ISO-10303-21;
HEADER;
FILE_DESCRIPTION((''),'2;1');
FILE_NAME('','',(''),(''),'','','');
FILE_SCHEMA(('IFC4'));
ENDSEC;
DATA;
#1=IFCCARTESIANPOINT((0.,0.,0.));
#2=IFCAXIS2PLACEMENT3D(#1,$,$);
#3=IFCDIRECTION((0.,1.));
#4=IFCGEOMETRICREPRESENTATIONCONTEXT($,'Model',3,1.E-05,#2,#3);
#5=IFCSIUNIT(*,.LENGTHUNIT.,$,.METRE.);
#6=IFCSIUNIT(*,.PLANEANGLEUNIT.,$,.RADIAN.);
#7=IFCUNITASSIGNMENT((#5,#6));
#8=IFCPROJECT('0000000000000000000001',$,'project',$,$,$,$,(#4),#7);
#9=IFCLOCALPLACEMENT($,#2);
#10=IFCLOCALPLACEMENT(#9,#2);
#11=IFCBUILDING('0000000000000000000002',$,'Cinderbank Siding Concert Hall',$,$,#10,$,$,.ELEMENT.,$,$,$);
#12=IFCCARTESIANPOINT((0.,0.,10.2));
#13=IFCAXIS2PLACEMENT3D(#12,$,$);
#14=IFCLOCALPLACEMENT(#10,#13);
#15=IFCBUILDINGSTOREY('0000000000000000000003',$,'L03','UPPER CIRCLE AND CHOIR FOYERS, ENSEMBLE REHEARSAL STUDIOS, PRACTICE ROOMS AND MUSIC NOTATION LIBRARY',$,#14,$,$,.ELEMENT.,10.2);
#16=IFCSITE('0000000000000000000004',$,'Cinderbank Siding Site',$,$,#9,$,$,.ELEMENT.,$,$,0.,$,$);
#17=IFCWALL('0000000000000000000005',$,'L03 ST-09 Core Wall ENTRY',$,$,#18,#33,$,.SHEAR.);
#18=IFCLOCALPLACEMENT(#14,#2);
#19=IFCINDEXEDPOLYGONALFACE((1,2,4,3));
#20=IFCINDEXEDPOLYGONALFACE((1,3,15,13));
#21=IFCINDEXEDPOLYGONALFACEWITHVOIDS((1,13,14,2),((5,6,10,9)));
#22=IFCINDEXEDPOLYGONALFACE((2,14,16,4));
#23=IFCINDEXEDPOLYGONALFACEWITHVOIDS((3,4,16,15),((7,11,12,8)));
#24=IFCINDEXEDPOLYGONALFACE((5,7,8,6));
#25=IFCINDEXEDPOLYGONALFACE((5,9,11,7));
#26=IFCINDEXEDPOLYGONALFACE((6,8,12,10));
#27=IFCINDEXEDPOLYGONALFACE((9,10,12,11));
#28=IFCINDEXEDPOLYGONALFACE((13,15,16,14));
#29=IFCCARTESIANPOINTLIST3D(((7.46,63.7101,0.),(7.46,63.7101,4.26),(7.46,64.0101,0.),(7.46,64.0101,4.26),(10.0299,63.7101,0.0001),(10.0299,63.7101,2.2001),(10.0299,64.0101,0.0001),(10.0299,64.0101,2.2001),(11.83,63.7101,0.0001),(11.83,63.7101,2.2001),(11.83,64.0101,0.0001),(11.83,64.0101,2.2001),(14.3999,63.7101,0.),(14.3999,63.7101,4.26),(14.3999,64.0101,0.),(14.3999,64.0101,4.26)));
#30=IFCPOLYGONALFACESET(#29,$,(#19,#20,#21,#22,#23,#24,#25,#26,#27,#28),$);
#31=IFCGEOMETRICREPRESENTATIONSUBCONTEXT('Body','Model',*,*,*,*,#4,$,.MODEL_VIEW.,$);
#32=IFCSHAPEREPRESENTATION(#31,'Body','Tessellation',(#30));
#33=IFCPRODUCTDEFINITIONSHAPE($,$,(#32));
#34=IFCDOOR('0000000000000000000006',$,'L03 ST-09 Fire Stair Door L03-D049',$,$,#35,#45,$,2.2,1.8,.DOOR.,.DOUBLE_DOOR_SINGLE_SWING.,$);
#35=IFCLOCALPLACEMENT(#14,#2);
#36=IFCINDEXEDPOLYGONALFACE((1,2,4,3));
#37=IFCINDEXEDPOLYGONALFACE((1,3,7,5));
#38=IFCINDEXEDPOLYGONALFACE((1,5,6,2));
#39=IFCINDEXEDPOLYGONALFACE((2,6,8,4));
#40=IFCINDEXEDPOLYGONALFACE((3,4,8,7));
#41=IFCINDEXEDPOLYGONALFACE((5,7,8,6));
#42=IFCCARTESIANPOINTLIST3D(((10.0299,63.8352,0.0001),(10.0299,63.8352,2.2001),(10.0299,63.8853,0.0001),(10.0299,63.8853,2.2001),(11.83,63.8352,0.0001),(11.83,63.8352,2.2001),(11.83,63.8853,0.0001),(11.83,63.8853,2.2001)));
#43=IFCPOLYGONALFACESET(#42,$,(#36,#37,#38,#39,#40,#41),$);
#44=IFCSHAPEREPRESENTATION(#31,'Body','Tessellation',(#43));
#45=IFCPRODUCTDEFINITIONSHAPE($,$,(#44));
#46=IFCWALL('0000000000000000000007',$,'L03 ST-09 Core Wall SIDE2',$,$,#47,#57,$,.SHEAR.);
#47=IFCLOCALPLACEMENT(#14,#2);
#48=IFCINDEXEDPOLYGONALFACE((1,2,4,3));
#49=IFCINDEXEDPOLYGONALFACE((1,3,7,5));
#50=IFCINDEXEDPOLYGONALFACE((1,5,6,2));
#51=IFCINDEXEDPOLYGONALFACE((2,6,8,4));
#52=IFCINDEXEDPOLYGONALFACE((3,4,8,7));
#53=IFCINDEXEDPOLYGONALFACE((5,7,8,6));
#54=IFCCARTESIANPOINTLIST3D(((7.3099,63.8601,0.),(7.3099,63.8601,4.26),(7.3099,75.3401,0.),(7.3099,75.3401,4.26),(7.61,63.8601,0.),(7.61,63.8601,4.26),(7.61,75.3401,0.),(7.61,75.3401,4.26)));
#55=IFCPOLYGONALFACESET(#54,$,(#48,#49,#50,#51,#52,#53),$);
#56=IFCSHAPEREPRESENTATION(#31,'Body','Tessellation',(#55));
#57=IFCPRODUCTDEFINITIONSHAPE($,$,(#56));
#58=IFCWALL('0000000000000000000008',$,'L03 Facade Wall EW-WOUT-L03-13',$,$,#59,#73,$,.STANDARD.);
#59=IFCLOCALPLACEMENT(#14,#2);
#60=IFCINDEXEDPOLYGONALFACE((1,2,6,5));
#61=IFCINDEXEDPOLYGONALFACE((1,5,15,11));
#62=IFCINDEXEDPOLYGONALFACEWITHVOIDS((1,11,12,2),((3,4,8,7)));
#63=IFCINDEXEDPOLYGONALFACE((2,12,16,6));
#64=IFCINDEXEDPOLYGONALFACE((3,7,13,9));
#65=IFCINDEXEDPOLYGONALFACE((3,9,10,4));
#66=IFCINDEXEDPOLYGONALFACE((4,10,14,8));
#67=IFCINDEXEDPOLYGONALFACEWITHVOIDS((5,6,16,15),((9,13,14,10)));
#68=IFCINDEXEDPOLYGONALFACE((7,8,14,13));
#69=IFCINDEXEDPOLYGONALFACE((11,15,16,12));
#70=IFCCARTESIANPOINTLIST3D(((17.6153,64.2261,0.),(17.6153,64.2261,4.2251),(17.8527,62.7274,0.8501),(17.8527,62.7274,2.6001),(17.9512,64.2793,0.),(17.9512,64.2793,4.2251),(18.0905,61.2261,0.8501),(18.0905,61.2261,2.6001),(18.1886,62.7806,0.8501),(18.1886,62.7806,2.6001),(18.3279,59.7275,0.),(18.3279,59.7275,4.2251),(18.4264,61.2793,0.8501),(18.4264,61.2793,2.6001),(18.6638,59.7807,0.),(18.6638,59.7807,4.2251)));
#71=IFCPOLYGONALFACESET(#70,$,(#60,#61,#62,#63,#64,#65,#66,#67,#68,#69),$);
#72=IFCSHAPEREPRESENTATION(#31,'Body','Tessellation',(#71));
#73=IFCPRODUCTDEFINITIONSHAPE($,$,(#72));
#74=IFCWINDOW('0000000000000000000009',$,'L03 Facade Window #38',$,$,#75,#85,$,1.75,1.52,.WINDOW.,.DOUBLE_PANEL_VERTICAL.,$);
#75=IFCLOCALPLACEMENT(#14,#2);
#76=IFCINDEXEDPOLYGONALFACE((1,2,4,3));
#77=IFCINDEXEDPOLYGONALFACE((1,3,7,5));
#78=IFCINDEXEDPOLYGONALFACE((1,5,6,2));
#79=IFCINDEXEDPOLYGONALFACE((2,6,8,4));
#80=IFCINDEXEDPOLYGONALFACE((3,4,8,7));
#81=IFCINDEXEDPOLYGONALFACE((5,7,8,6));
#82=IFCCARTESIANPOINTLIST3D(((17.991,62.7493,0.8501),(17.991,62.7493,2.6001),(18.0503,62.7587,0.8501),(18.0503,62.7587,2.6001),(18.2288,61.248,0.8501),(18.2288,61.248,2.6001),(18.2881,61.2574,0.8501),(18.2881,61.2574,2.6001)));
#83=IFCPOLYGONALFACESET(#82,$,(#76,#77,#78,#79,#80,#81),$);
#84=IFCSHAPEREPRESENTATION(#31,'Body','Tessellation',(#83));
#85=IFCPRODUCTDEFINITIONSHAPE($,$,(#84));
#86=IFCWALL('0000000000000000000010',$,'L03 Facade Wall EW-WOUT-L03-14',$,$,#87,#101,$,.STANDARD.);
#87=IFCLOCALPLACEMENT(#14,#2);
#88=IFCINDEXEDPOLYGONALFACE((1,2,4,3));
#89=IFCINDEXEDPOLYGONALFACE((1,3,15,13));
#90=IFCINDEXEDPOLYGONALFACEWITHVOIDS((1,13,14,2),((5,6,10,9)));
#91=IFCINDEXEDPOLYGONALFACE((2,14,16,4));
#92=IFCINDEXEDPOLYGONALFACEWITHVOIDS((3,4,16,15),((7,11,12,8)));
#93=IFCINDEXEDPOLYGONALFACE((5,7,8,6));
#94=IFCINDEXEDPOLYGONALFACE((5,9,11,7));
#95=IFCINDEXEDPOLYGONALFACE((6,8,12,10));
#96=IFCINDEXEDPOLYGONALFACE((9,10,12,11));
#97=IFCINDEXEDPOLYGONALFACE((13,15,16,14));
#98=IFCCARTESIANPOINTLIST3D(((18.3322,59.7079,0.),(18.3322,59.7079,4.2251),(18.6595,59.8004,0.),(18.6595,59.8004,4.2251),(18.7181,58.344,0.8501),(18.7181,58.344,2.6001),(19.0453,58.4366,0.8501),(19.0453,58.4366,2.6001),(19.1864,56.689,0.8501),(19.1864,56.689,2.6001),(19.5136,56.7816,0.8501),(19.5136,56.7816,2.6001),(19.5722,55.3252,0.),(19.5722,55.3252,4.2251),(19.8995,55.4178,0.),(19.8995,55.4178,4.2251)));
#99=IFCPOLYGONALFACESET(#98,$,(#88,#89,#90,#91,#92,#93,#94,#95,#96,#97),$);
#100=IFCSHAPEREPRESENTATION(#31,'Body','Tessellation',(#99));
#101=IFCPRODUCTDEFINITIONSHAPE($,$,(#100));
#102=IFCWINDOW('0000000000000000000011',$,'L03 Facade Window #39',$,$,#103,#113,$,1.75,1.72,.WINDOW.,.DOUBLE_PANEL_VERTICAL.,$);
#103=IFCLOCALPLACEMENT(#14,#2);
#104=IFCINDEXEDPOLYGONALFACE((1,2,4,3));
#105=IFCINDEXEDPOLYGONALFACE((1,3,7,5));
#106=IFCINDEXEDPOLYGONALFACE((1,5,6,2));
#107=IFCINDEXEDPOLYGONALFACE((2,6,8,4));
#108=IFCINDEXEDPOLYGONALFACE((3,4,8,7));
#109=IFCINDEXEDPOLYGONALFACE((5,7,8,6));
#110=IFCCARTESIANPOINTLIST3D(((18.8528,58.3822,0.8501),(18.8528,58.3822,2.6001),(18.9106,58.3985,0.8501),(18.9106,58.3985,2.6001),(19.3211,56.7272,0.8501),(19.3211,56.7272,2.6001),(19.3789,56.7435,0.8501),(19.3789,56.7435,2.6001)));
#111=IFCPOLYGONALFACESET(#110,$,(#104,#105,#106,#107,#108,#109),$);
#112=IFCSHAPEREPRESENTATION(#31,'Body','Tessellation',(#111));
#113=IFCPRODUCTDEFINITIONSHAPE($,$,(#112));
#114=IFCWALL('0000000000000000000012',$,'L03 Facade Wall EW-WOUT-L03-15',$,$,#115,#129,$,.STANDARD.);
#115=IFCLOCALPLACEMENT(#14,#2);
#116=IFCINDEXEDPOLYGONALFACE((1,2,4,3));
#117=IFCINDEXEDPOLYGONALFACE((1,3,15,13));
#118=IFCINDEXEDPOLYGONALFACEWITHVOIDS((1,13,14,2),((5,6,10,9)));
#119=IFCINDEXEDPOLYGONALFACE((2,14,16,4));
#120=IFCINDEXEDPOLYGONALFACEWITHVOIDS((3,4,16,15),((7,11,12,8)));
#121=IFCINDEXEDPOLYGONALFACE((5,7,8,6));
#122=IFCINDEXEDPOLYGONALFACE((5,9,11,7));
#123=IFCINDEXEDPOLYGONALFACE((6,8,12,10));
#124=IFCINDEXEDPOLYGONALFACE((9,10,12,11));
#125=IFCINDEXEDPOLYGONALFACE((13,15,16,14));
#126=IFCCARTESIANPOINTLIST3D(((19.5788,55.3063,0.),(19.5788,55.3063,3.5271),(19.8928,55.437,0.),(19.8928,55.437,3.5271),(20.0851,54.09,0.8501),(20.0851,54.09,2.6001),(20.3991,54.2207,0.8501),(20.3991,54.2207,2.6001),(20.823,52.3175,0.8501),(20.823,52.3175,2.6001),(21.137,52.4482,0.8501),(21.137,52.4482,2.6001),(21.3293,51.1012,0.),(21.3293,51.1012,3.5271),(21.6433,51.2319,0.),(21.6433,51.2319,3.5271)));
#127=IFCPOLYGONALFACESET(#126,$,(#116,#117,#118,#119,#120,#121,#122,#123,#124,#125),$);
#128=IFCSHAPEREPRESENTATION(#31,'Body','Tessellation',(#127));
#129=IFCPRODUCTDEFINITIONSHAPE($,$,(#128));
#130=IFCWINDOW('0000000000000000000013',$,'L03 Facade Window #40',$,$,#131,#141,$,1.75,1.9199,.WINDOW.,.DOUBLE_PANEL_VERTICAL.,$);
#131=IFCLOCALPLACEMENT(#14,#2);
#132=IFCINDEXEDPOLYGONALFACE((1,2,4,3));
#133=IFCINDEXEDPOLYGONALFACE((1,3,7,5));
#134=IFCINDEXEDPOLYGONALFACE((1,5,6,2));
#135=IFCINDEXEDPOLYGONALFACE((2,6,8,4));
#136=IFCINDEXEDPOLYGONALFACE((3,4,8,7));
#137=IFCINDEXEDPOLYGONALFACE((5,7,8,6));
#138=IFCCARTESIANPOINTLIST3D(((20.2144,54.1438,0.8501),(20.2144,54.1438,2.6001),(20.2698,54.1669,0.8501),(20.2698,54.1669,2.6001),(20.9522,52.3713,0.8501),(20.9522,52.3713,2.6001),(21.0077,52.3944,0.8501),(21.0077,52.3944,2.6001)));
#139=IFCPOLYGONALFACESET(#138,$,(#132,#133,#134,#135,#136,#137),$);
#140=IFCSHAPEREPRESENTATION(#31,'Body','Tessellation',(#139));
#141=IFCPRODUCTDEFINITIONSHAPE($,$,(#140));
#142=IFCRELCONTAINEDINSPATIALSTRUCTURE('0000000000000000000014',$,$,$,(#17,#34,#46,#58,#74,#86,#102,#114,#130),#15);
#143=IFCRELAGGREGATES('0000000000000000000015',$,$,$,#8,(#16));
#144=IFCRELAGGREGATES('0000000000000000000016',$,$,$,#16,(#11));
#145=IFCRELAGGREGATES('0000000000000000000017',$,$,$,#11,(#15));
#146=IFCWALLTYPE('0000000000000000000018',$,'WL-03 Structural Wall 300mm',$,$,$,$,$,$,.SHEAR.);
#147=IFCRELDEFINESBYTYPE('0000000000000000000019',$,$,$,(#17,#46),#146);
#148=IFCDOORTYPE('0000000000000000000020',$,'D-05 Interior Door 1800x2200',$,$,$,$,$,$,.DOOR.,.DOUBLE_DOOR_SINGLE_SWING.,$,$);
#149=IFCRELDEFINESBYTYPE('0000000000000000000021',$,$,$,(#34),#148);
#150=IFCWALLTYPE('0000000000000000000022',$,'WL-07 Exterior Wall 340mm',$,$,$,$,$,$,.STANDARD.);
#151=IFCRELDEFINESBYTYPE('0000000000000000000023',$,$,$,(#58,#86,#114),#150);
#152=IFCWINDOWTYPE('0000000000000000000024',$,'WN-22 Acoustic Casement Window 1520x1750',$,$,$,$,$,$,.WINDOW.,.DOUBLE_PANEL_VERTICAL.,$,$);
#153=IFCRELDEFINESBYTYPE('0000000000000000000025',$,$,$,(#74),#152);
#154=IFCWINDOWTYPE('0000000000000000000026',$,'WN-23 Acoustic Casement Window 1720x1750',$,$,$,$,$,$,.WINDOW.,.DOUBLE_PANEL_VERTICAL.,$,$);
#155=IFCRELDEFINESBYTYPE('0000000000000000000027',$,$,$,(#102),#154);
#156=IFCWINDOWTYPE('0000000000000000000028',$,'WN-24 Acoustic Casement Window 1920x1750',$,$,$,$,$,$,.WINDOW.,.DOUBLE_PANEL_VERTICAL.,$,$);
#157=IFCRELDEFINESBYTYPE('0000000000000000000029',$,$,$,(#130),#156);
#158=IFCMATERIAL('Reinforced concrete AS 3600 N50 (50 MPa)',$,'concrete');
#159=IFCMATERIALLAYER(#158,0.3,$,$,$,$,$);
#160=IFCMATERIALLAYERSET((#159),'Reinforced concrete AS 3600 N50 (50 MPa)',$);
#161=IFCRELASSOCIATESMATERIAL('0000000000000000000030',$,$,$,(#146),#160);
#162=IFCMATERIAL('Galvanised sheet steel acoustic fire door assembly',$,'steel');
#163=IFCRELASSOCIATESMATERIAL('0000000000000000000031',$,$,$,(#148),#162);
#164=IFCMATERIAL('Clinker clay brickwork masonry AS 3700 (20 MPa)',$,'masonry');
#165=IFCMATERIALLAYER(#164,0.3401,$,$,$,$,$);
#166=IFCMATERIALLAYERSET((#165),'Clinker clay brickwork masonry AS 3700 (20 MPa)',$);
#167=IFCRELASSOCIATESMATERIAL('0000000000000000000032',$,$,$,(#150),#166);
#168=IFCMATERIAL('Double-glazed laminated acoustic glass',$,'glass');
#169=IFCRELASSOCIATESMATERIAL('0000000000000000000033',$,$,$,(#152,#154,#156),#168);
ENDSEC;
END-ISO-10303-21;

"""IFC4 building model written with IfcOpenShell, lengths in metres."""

from ifc_helpers import new_model, si_unit, direction, frame, frame_2d, origin, place, context, subcontext, project, spatial, rectangle, extrude, material, layer, layer_set, type_object, element, fill, save


model = new_model("IFC4")

# Units and contexts
model_context = context("Model", 3, precision=1e-05, world=origin(), true_north=direction((0.0, 1.0)))
body_context = subcontext(model_context, "Body", "Model", "MODEL_VIEW")
ifc_project = project(units=[si_unit("LENGTHUNIT", "METRE"), si_unit("PLANEANGLEUNIT", "RADIAN")], contexts=[model_context])

# Site, building, storey
site_placement = place(None, origin())
site = spatial("IfcSite", under=ifc_project, at=site_placement, Name="Cinderbank Siding Site", CompositionType="ELEMENT", RefElevation=0.0)
building_placement = place(site_placement, origin())
building = spatial("IfcBuilding", under=site, at=building_placement, Name="Cinderbank Siding Concert Hall", CompositionType="ELEMENT")
storey_placement = place(building_placement, frame((0.0, 0.0, 10.2)))
storey = spatial("IfcBuildingStorey", under=building, at=storey_placement, Name="L03", Description="UPPER CIRCLE AND CHOIR FOYERS, ENSEMBLE REHEARSAL STUDIOS, PRACTICE ROOMS AND MUSIC NOTATION LIBRARY", CompositionType="ELEMENT", Elevation=10.2)

# Shared definitions
ifc_material_1 = material(Name="Reinforced concrete AS 3600 N50 (50 MPa)", Category="concrete")

# Wall, opening, door
ifc_layer_1 = layer(ifc_material_1, 0.3)
ifc_layer_set_1 = layer_set([ifc_layer_1], Name="Reinforced concrete AS 3600 N50 (50 MPa)")
wall_type_1 = type_object("IfcWallType", Name="WL-03 Structural Wall 300mm", PredefinedType="SHEAR", material=ifc_layer_set_1)
wall_1_placement = place(storey_placement, frame((14.3999, 63.8601, 0.0), z_axis=(0.0, 0.0, 1.0), x_axis=(-1.0, 0.0, 0.0)))
wall_1 = element("IfcWall", 1, at=wall_1_placement, inside=storey, type_object=wall_type_1, Name="L03 ST-09 Core Wall ENTRY", PredefinedType="SHEAR", context=body_context, shape_type="SweptSolid", body=[
    extrude(rectangle(XDim=6.9399, YDim=0.3, at=frame_2d((3.47, 0.0))), origin(), (0.0, 0.0, 1.0), 4.26),
])
opening_1_placement = place(wall_1_placement, frame((2.5701, 0.0, 0.0)))
opening_1 = element("IfcOpeningElement", 2, at=opening_1_placement, cuts=wall_1, PredefinedType="OPENING", context=body_context, shape_type="SweptSolid", body=[
    extrude(rectangle(XDim=1.8, YDim=2.2, at=frame_2d((0.8999, 1.1001))), frame((0.0, 0.1621, 0.0), z_axis=(0.0, -1.0, 0.0), x_axis=(1.0, 0.0, 0.0)), (0.0, 0.0, 1.0), 0.324),
])
ifc_material_2 = material(Name="Galvanised sheet steel acoustic fire door assembly", Category="steel")
door_type_1 = type_object("IfcDoorType", Name="D-05 Interior Door 1800x2200", OperationType="DOUBLE_DOOR_SINGLE_SWING", PredefinedType="DOOR", material=ifc_material_2)
door_1_placement = place(opening_1_placement, origin())
door_1 = element("IfcDoor", 3, at=door_1_placement, inside=storey, type_object=door_type_1, Name="L03 ST-09 Fire Stair Door L03-D049", OperationType="DOUBLE_DOOR_SINGLE_SWING", OverallHeight=2.2, OverallWidth=1.8, PredefinedType="DOOR", context=body_context, shape_type="SweptSolid", body=[
    extrude(rectangle(XDim=1.8, YDim=2.2, at=frame_2d((0.8999, 1.1001))), frame((0.0, 0.0249, 0.0), z_axis=(0.0, -1.0, 0.0), x_axis=(1.0, 0.0, 0.0)), (0.0, 0.0, 1.0), 0.05),
])
fill(opening_1, door_1)

# Wall
wall_2_placement = place(storey_placement, frame((7.46, 63.8601, 0.0), z_axis=(0.0, 0.0, 1.0), x_axis=(0.0, 1.0, 0.0)))
element("IfcWall", 4, at=wall_2_placement, inside=storey, type_object=wall_type_1, Name="L03 ST-09 Core Wall SIDE2", PredefinedType="SHEAR", context=body_context, shape_type="SweptSolid", body=[
    extrude(rectangle(XDim=11.48, YDim=0.3, at=frame_2d((5.74, 0.0))), origin(), (0.0, 0.0, 1.0), 4.26),
])

# Walls, openings, windows
ifc_material_3 = material(Name="Clinker clay brickwork masonry AS 3700 (20 MPa)", Category="masonry")
ifc_layer_2 = layer(ifc_material_3, 0.3401)
ifc_layer_set_2 = layer_set([ifc_layer_2], Name="Clinker clay brickwork masonry AS 3700 (20 MPa)")
wall_type_2 = type_object("IfcWallType", Name="WL-07 Exterior Wall 340mm", PredefinedType="STANDARD", material=ifc_layer_set_2)
wall_3_placement = place(storey_placement, frame((17.7832, 64.2527, 0.0), z_axis=(0.0, 0.0, 1.0), x_axis=(0.156466, -0.987683, 0.0)))
wall_3 = element("IfcWall", 5, at=wall_3_placement, inside=storey, type_object=wall_type_2, Name="L03 Facade Wall EW-WOUT-L03-13", PredefinedType="STANDARD", context=body_context, shape_type="SweptSolid", body=[
    extrude(rectangle(XDim=4.5547, YDim=0.3401, at=frame_2d((2.2773, 0.0))), origin(), (0.0, 0.0, 1.0), 4.2251),
])
opening_2_placement = place(wall_3_placement, frame((1.5173, 0.0, 0.8501)))
opening_2 = element("IfcOpeningElement", 6, at=opening_2_placement, cuts=wall_3, PredefinedType="OPENING", context=body_context, shape_type="SweptSolid", body=[
    extrude(rectangle(XDim=1.52, YDim=1.75, at=frame_2d((0.76, 0.875))), frame((0.0, 0.1821, 0.0), z_axis=(0.0, -1.0, 0.0), x_axis=(1.0, 0.0, 0.0)), (0.0, 0.0, 1.0), 0.364),
])
ifc_material_4 = material(Name="Double-glazed laminated acoustic glass", Category="glass")
window_type_1 = type_object("IfcWindowType", Name="WN-22 Acoustic Casement Window 1520x1750", PartitioningType="DOUBLE_PANEL_VERTICAL", PredefinedType="WINDOW", material=ifc_material_4)
window_1_placement = place(opening_2_placement, origin())
window_1 = element("IfcWindow", 7, at=window_1_placement, inside=storey, type_object=window_type_1, Name="L03 Facade Window #38", OverallHeight=1.75, OverallWidth=1.52, PartitioningType="DOUBLE_PANEL_VERTICAL", PredefinedType="WINDOW", context=body_context, shape_type="SweptSolid", body=[
    extrude(rectangle(XDim=1.52, YDim=1.75, at=frame_2d((0.76, 0.875))), frame((0.0, 0.03, 0.0), z_axis=(0.0, -1.0, 0.0), x_axis=(1.0, 0.0, 0.0)), (0.0, 0.0, 1.0), 0.0601),
])
fill(opening_2, window_1)
wall_4_placement = place(storey_placement, frame((18.4958, 59.7542, 0.0), z_axis=(0.0, 0.0, 1.0), x_axis=(0.272249, -0.962227, 0.0)))
wall_4 = element("IfcWall", 8, at=wall_4_placement, inside=storey, type_object=wall_type_2, Name="L03 Facade Wall EW-WOUT-L03-14", PredefinedType="STANDARD", context=body_context, shape_type="SweptSolid", body=[
    extrude(rectangle(XDim=4.5547, YDim=0.3401, at=frame_2d((2.2773, 0.0))), origin(), (0.0, 0.0, 1.0), 4.2251),
])
opening_3_placement = place(wall_4_placement, frame((1.4175, 0.0, 0.8501)))
opening_3 = element("IfcOpeningElement", 9, at=opening_3_placement, cuts=wall_4, PredefinedType="OPENING", context=body_context, shape_type="SweptSolid", body=[
    extrude(rectangle(XDim=1.72, YDim=1.75, at=frame_2d((0.8599, 0.875))), frame((0.0, 0.1821, 0.0), z_axis=(0.0, -1.0, 0.0), x_axis=(1.0, 0.0, 0.0)), (0.0, 0.0, 1.0), 0.364),
])
window_type_2 = type_object("IfcWindowType", Name="WN-23 Acoustic Casement Window 1720x1750", PartitioningType="DOUBLE_PANEL_VERTICAL", PredefinedType="WINDOW", material=ifc_material_4)
window_2_placement = place(opening_3_placement, origin())
window_2 = element("IfcWindow", 10, at=window_2_placement, inside=storey, type_object=window_type_2, Name="L03 Facade Window #39", OverallHeight=1.75, OverallWidth=1.72, PartitioningType="DOUBLE_PANEL_VERTICAL", PredefinedType="WINDOW", context=body_context, shape_type="SweptSolid", body=[
    extrude(rectangle(XDim=1.72, YDim=1.75, at=frame_2d((0.8599, 0.875))), frame((0.0, 0.03, 0.0), z_axis=(0.0, -1.0, 0.0), x_axis=(1.0, 0.0, 0.0)), (0.0, 0.0, 1.0), 0.0601),
])
fill(opening_3, window_2)
wall_5_placement = place(storey_placement, frame((19.7358, 55.3716, 0.0), z_axis=(0.0, 0.0, 1.0), x_axis=(0.384311, -0.923204, 0.0)))
wall_5 = element("IfcWall", 11, at=wall_5_placement, inside=storey, type_object=wall_type_2, Name="L03 Facade Wall EW-WOUT-L03-15", PredefinedType="STANDARD", context=body_context, shape_type="SweptSolid", body=[
    extrude(rectangle(XDim=4.5549, YDim=0.3401, at=frame_2d((2.2773, 0.0))), origin(), (0.0, 0.0, 1.0), 3.5271),
])
opening_4_placement = place(wall_5_placement, frame((1.3174, 0.0, 0.8501)))
opening_4 = element("IfcOpeningElement", 12, at=opening_4_placement, cuts=wall_5, PredefinedType="OPENING", context=body_context, shape_type="SweptSolid", body=[
    extrude(rectangle(XDim=1.9199, YDim=1.75, at=frame_2d((0.96, 0.875))), frame((0.0, 0.1821, 0.0), z_axis=(0.0, -1.0, 0.0), x_axis=(1.0, 0.0, 0.0)), (0.0, 0.0, 1.0), 0.364),
])
window_type_3 = type_object("IfcWindowType", Name="WN-24 Acoustic Casement Window 1920x1750", PartitioningType="DOUBLE_PANEL_VERTICAL", PredefinedType="WINDOW", material=ifc_material_4)
window_3_placement = place(opening_4_placement, origin())
window_3 = element("IfcWindow", 13, at=window_3_placement, inside=storey, type_object=window_type_3, Name="L03 Facade Window #40", OverallHeight=1.75, OverallWidth=1.9199, PartitioningType="DOUBLE_PANEL_VERTICAL", PredefinedType="WINDOW", context=body_context, shape_type="SweptSolid", body=[
    extrude(rectangle(XDim=1.9199, YDim=1.75, at=frame_2d((0.96, 0.875))), frame((0.0, 0.03, 0.0), z_axis=(0.0, -1.0, 0.0), x_axis=(1.0, 0.0, 0.0)), (0.0, 0.0, 1.0), 0.0601),
])
fill(opening_4, window_3)

save(model, "model.ifc")
